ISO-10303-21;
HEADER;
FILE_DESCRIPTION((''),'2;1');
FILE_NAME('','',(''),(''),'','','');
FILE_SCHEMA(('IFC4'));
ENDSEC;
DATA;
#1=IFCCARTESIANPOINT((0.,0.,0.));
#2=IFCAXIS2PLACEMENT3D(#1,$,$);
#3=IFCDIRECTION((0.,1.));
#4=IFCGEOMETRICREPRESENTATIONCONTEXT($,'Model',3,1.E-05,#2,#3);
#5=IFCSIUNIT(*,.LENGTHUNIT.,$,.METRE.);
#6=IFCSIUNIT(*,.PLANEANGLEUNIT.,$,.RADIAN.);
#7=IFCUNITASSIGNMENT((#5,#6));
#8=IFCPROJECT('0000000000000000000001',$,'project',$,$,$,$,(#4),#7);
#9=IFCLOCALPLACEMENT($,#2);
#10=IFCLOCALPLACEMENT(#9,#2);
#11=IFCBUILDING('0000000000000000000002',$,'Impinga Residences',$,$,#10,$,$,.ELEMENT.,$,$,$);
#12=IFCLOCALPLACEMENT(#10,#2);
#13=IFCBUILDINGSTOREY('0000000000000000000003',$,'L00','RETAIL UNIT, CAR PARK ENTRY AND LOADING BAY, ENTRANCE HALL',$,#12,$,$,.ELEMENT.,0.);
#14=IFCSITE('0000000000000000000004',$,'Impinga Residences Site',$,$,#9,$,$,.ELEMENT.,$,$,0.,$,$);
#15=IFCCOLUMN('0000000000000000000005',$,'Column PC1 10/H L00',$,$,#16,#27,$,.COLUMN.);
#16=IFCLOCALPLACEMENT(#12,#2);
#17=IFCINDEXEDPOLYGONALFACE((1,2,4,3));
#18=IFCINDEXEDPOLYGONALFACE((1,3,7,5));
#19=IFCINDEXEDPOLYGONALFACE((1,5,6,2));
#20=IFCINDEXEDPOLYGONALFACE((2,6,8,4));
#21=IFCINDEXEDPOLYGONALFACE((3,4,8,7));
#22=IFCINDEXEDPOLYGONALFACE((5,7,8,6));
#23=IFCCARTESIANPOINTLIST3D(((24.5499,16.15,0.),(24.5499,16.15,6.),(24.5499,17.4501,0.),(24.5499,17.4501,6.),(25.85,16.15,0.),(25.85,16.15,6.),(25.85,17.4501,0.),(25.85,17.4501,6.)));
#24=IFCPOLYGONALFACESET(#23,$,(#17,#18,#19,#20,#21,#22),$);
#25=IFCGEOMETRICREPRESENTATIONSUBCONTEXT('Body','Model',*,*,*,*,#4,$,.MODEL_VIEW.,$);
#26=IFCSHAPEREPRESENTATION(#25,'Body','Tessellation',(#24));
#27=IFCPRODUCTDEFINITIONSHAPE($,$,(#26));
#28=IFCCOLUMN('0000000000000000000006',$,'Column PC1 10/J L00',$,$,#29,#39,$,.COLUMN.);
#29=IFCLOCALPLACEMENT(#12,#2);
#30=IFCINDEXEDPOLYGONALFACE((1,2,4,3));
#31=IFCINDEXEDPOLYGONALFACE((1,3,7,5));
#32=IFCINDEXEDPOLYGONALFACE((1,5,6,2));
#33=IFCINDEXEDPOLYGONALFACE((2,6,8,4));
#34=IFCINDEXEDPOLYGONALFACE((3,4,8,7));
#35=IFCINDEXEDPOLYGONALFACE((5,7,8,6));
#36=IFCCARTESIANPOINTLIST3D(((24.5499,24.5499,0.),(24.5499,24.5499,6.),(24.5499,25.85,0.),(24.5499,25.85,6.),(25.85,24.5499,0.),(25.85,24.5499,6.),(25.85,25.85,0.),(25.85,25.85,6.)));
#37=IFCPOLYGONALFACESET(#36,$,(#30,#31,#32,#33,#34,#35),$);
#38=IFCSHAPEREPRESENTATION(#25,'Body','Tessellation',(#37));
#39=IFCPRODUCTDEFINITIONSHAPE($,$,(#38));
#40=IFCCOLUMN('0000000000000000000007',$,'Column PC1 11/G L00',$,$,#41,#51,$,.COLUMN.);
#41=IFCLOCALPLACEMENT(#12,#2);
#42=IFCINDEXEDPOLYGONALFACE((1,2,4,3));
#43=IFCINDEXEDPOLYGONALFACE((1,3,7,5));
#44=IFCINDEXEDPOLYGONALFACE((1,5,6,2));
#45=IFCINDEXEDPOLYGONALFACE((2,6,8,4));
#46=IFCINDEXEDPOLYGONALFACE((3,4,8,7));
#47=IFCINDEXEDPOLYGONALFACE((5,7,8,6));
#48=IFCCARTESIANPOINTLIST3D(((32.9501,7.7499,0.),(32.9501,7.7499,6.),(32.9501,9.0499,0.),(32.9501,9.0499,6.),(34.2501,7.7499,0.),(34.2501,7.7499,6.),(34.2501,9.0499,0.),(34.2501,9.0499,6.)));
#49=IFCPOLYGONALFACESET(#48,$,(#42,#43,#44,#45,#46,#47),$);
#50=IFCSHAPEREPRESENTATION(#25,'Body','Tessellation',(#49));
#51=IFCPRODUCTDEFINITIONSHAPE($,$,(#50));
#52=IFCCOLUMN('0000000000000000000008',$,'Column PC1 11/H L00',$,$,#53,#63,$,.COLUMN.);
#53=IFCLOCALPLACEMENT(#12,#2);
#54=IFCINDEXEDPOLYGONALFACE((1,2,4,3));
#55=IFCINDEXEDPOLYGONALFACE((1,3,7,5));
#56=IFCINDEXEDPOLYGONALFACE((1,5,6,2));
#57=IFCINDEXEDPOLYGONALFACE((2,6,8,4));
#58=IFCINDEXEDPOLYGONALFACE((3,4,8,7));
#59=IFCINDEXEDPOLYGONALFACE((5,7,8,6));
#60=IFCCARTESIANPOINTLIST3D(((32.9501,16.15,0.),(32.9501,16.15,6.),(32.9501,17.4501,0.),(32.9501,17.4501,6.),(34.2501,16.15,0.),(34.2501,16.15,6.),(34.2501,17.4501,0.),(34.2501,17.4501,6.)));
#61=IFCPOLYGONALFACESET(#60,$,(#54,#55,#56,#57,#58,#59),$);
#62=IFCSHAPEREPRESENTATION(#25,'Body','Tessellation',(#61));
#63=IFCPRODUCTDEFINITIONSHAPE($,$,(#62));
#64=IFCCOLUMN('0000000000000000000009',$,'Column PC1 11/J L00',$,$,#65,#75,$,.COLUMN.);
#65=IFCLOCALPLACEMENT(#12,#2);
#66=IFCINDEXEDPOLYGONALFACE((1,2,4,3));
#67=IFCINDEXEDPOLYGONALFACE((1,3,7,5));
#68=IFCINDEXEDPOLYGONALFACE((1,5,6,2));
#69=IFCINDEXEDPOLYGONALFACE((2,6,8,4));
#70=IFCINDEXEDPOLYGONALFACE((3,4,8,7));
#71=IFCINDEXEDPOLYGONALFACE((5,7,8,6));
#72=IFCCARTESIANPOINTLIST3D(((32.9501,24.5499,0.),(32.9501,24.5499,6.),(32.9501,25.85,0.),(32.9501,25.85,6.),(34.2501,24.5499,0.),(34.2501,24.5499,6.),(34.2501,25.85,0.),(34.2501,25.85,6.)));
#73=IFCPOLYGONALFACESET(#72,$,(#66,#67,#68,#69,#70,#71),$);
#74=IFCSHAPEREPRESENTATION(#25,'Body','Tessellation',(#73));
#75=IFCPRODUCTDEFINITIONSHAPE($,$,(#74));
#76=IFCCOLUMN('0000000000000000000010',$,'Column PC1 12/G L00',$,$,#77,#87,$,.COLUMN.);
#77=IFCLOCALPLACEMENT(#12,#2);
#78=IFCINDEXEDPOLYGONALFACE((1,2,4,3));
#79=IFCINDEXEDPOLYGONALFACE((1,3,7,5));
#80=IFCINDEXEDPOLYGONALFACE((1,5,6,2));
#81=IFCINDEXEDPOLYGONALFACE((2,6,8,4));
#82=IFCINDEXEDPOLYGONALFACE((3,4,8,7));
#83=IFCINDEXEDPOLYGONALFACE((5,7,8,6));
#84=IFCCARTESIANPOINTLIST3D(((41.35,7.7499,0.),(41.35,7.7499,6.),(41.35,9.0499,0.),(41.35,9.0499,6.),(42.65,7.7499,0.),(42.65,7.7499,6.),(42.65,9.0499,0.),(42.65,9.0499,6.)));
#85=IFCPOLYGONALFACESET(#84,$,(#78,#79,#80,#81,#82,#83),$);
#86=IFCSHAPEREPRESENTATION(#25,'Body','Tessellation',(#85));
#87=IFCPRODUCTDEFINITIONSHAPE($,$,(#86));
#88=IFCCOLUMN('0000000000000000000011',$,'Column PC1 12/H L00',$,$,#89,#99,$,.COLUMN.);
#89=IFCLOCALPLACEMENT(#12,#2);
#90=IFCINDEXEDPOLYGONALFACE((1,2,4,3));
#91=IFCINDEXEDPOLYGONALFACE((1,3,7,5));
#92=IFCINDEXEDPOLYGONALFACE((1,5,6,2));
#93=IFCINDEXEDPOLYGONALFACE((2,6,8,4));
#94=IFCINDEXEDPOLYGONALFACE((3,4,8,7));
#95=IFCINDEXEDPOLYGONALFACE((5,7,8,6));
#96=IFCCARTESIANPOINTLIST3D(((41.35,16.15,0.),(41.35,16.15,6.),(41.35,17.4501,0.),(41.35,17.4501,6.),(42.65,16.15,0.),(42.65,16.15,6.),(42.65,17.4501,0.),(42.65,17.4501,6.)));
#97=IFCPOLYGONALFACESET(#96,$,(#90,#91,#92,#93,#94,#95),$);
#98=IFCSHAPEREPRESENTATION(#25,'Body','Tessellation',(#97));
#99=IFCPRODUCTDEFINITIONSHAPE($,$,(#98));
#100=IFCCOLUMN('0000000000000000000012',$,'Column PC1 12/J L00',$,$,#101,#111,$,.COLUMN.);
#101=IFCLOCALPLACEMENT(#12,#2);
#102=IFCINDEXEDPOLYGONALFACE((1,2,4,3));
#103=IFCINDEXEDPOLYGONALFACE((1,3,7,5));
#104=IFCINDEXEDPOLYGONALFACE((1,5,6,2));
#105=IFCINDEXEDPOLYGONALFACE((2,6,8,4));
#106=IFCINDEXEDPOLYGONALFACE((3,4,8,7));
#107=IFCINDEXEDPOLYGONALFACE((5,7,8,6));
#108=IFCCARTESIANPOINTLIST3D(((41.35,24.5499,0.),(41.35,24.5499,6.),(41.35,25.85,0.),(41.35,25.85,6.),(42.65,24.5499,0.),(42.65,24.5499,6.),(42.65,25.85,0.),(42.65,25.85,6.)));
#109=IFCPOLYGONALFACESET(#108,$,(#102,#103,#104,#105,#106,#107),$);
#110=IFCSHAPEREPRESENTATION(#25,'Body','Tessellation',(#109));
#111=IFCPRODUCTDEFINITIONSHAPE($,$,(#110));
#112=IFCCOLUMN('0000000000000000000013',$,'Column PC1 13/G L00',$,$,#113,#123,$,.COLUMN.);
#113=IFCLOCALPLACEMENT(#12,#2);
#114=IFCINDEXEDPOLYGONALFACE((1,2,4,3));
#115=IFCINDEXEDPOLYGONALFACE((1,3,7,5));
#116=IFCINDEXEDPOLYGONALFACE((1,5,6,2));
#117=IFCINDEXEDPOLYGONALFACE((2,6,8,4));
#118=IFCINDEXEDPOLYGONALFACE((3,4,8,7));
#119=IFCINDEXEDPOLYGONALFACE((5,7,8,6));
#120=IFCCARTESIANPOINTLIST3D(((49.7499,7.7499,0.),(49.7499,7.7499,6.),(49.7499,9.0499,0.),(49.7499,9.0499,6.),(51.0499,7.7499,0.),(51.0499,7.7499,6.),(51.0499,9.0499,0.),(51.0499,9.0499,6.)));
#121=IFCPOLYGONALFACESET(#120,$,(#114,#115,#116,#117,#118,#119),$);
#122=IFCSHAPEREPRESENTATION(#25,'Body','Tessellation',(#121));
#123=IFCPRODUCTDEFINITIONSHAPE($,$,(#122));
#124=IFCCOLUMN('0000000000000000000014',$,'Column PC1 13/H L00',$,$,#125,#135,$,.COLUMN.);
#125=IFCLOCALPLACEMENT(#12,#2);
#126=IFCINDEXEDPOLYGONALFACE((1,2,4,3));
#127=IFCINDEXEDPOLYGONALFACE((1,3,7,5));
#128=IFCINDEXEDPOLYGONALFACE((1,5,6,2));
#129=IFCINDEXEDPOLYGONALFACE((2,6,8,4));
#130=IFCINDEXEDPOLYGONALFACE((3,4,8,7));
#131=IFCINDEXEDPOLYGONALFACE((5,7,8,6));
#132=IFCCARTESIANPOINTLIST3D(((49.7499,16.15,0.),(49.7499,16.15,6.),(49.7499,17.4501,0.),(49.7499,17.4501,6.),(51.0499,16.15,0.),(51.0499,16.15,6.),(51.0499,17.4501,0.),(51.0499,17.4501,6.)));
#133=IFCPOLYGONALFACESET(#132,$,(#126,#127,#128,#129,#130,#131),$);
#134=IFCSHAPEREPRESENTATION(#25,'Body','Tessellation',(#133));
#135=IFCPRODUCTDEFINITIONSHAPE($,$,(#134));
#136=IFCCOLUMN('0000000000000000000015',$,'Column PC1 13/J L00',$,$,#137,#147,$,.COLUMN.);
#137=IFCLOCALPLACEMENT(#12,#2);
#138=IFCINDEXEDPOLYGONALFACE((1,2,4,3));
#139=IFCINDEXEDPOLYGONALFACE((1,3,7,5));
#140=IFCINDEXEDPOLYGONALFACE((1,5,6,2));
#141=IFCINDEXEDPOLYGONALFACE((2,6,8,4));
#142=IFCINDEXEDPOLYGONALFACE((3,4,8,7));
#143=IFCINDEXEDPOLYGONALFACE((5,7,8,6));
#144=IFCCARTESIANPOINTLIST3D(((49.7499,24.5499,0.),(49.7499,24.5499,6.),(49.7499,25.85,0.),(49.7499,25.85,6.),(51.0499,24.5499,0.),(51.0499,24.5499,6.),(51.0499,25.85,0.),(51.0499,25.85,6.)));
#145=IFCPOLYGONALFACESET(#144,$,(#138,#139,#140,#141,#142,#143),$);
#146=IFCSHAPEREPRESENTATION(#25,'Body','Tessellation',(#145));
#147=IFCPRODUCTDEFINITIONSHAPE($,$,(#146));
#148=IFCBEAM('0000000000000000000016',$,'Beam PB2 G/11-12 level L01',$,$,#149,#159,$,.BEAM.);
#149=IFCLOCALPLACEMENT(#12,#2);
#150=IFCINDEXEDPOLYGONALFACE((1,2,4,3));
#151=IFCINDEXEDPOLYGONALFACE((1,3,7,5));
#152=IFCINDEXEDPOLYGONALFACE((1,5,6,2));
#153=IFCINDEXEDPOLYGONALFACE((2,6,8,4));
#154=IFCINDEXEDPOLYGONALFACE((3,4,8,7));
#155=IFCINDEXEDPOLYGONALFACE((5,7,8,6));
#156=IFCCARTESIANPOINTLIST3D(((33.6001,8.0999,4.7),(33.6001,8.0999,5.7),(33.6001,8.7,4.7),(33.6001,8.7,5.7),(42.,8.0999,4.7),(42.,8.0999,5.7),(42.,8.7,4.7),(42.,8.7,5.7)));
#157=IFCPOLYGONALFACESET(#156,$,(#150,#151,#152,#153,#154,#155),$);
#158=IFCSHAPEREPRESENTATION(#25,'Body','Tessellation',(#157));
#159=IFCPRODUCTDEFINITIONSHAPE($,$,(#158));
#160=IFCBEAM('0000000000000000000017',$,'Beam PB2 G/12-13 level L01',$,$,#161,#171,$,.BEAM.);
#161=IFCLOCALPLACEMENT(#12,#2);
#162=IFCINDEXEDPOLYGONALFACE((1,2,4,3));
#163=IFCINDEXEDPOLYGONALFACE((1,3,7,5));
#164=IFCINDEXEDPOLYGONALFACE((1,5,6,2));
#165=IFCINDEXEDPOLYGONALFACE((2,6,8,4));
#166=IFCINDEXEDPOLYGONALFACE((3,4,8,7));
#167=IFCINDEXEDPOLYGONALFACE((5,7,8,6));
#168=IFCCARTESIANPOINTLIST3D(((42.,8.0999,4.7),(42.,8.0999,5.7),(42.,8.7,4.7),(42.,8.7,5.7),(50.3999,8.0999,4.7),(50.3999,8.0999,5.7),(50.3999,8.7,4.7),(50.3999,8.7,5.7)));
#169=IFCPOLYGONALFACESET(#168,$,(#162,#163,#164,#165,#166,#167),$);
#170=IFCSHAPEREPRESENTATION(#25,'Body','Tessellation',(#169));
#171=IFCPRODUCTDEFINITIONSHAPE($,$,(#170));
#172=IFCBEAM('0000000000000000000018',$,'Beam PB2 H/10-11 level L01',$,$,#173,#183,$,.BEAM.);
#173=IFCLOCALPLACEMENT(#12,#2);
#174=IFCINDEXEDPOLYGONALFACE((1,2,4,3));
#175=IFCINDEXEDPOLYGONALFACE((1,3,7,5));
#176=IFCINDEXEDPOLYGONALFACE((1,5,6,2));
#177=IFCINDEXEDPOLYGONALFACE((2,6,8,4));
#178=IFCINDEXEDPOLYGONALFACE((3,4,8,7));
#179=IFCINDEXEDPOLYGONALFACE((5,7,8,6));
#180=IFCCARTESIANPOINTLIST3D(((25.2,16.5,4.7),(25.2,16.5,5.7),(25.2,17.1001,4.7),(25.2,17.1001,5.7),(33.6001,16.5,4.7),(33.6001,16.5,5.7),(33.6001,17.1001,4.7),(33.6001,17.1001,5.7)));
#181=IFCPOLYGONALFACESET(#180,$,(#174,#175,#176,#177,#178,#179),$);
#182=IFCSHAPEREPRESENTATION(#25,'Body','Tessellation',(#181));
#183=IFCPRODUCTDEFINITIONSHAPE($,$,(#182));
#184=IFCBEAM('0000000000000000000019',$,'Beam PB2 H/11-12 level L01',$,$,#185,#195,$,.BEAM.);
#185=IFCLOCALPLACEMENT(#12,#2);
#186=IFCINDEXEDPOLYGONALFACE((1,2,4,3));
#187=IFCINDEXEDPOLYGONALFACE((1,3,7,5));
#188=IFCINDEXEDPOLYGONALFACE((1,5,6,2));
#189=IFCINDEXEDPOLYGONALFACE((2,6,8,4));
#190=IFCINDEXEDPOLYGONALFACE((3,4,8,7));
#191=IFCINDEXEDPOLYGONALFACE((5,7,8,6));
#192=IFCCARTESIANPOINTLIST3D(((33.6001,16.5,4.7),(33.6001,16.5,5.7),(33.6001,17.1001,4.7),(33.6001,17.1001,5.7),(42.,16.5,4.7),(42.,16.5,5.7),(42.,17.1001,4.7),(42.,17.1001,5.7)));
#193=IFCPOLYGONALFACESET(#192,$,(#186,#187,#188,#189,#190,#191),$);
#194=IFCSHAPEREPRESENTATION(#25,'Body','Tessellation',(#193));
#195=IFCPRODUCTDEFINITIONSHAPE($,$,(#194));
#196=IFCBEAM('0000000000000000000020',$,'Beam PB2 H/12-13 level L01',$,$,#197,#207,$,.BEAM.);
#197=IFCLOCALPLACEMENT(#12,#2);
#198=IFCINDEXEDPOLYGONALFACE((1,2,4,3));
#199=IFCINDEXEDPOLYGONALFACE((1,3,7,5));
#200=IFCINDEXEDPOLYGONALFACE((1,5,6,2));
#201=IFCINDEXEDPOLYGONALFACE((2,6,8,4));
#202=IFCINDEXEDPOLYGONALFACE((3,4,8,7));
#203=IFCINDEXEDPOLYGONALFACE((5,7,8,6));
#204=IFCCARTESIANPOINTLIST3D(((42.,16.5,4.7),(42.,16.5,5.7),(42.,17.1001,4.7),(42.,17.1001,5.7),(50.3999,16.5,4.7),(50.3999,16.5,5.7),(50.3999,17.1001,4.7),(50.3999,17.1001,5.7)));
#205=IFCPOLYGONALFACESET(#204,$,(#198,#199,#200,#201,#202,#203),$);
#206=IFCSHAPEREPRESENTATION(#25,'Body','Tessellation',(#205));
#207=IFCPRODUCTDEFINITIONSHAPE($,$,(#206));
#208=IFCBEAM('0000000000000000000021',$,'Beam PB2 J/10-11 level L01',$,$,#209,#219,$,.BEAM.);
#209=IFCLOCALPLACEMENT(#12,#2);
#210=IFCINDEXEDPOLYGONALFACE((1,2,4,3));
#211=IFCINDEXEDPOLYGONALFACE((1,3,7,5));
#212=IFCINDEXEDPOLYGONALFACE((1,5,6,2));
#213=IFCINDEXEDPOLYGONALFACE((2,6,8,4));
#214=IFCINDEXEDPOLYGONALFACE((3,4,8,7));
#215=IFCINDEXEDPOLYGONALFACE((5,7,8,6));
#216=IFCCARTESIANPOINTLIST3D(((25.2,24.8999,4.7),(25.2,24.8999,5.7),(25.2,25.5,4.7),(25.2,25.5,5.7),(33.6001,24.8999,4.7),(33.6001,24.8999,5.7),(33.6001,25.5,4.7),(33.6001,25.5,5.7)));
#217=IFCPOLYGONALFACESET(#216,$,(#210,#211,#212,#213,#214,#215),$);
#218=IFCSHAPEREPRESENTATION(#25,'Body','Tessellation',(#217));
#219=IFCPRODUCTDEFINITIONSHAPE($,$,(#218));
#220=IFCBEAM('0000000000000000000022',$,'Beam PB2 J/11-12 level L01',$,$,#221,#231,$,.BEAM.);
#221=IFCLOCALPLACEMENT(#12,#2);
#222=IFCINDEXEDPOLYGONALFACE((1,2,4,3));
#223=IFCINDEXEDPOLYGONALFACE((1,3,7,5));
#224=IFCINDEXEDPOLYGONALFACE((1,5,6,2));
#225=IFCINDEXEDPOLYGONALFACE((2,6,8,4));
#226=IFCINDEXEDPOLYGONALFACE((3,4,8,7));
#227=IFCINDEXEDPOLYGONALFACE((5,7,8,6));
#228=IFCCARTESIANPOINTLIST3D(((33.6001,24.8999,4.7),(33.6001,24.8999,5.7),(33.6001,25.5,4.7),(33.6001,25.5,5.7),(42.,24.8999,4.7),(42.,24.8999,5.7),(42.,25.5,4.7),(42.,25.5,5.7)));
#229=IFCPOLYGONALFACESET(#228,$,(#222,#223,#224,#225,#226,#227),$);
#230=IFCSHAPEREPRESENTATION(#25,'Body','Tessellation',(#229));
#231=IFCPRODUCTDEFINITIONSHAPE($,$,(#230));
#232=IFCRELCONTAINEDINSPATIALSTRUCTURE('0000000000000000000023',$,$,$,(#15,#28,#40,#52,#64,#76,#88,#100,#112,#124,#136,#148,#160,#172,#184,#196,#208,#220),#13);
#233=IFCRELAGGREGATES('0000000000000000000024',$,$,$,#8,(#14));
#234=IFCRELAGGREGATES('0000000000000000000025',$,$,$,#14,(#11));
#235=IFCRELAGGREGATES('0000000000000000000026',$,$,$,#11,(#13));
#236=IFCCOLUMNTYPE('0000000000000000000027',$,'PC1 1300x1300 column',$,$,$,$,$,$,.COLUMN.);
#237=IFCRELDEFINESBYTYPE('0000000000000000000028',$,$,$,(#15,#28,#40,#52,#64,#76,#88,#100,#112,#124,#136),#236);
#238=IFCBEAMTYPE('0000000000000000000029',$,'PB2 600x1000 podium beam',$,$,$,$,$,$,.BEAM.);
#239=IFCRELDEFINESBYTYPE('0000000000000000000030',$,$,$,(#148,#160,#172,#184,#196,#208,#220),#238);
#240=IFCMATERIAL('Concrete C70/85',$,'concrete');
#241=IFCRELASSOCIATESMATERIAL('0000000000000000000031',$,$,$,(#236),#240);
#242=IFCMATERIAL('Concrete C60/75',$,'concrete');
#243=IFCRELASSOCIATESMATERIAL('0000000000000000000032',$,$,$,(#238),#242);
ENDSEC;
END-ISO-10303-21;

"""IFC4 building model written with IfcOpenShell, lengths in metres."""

from ifc_helpers import new_model, si_unit, direction, frame, origin, origin_2d, place, context, subcontext, project, spatial, rectangle, extrude, material, material_profile, profile_set, type_object, element, save


model = new_model("IFC4")

# Units and contexts
model_context = context("Model", 3, precision=1e-05, world=origin(), true_north=direction((0.0, 1.0)))
body_context = subcontext(model_context, "Body", "Model", "MODEL_VIEW")
ifc_project = project(units=[si_unit("LENGTHUNIT", "METRE"), si_unit("PLANEANGLEUNIT", "RADIAN")], contexts=[model_context])

# Site, building, storey
site_placement = place(None, origin())
site = spatial("IfcSite", under=ifc_project, at=site_placement, Name="Impinga Residences Site", CompositionType="ELEMENT", RefElevation=0.0)
building_placement = place(site_placement, origin())
building = spatial("IfcBuilding", under=site, at=building_placement, Name="Impinga Residences", CompositionType="ELEMENT")
storey_placement = place(building_placement, origin())
storey = spatial("IfcBuildingStorey", under=building, at=storey_placement, Name="L00", Description="RETAIL UNIT, CAR PARK ENTRY AND LOADING BAY, ENTRANCE HALL", CompositionType="ELEMENT", Elevation=0.0)

# Columns
ifc_material_1 = material(Name="Concrete C70/85", Category="concrete")
ifc_material_profile_1 = material_profile(ifc_material_1, rectangle(XDim=1.3, YDim=1.3, at=origin_2d()), Name="RC 1300x1300")
ifc_profile_set_1 = profile_set([ifc_material_profile_1], Name="Concrete C70/85")
column_type = type_object("IfcColumnType", Name="PC1 1300x1300 column", PredefinedType="COLUMN", material=ifc_profile_set_1)
for number, where, z_axis, x_axis, name in (
    (1, (25.2, 16.8, 0.0), (0.0, 0.0, 1.0), (1.0, 0.0, 0.0), "Column PC1 10/H L00"),
    (2, (25.2, 25.2, 0.0), (0.0, 0.0, 1.0), (1.0, 0.0, 0.0), "Column PC1 10/J L00"),
    (3, (33.6001, 8.3999, 0.0), (0.0, 0.0, 1.0), (1.0, 0.0, 0.0), "Column PC1 11/G L00"),
    (4, (33.6001, 16.8, 0.0), (0.0, 0.0, 1.0), (1.0, 0.0, 0.0), "Column PC1 11/H L00"),
    (5, (33.6001, 25.2, 0.0), (0.0, 0.0, 1.0), (1.0, 0.0, 0.0), "Column PC1 11/J L00"),
    (6, (42.0, 8.3999, 0.0), (0.0, 0.0, 1.0), (1.0, 0.0, 0.0), "Column PC1 12/G L00"),
    (7, (42.0, 16.8, 0.0), (0.0, 0.0, 1.0), (1.0, 0.0, 0.0), "Column PC1 12/H L00"),
    (8, (42.0, 25.2, 0.0), (0.0, 0.0, 1.0), (1.0, 0.0, 0.0), "Column PC1 12/J L00"),
    (9, (50.3999, 8.3999, 0.0), (0.0, 0.0, 1.0), (1.0, 0.0, 0.0), "Column PC1 13/G L00"),
    (10, (50.3999, 16.8, 0.0), (0.0, 0.0, 1.0), (1.0, 0.0, 0.0), "Column PC1 13/H L00"),
    (11, (50.3999, 25.2, 0.0), (0.0, 0.0, 1.0), (1.0, 0.0, 0.0), "Column PC1 13/J L00"),
):
    element("IfcColumn", number, at=place(storey_placement, frame(where, z_axis=z_axis, x_axis=x_axis)), inside=storey, type_object=column_type, Name=name, PredefinedType="COLUMN", context=body_context, shape_type="SweptSolid", body=[
        extrude(rectangle(XDim=1.3, YDim=1.3, at=origin_2d()), origin(), (0.0, 0.0, 1.0), 6.0),
    ])

# Beams
ifc_material_2 = material(Name="Concrete C60/75", Category="concrete")
ifc_material_profile_2 = material_profile(ifc_material_2, rectangle(XDim=0.6001, YDim=1.0, at=origin_2d()), Name="RC 600x1000")
ifc_profile_set_2 = profile_set([ifc_material_profile_2], Name="Concrete C60/75")
beam_type = type_object("IfcBeamType", Name="PB2 600x1000 podium beam", PredefinedType="BEAM", material=ifc_profile_set_2)
for number, where, z_axis, x_axis, name in (
    (12, (33.6001, 8.3999, 5.2), (1.0, 0.0, 0.0), (0.0, 1.0, 0.0), "Beam PB2 G/11-12 level L01"),
    (13, (42.0, 8.3999, 5.2), (1.0, 0.0, 0.0), (0.0, 1.0, 0.0), "Beam PB2 G/12-13 level L01"),
):
    element("IfcBeam", number, at=place(storey_placement, frame(where, z_axis=z_axis, x_axis=x_axis)), inside=storey, type_object=beam_type, Name=name, PredefinedType="BEAM", context=body_context, shape_type="SweptSolid", body=[
        extrude(rectangle(XDim=0.6001, YDim=1.0, at=origin_2d()), origin(), (0.0, 0.0, 1.0), 8.3999),
    ])
beam_1_placement = place(storey_placement, frame((25.2, 16.8, 5.2), z_axis=(1.0, 0.0, 0.0), x_axis=(0.0, 1.0, 0.0)))
element("IfcBeam", 14, at=beam_1_placement, inside=storey, type_object=beam_type, Name="Beam PB2 H/10-11 level L01", PredefinedType="BEAM", context=body_context, shape_type="SweptSolid", body=[
    extrude(rectangle(XDim=0.6001, YDim=1.0, at=origin_2d()), origin(), (0.0, 0.0, 1.0), 8.4001),
])
for number, where, z_axis, x_axis, name in (
    (15, (33.6001, 16.8, 5.2), (1.0, 0.0, 0.0), (0.0, 1.0, 0.0), "Beam PB2 H/11-12 level L01"),
    (16, (42.0, 16.8, 5.2), (1.0, 0.0, 0.0), (0.0, 1.0, 0.0), "Beam PB2 H/12-13 level L01"),
):
    element("IfcBeam", number, at=place(storey_placement, frame(where, z_axis=z_axis, x_axis=x_axis)), inside=storey, type_object=beam_type, Name=name, PredefinedType="BEAM", context=body_context, shape_type="SweptSolid", body=[
        extrude(rectangle(XDim=0.6001, YDim=1.0, at=origin_2d()), origin(), (0.0, 0.0, 1.0), 8.3999),
    ])
beam_2_placement = place(storey_placement, frame((25.2, 25.2, 5.2), z_axis=(1.0, 0.0, 0.0), x_axis=(0.0, 1.0, 0.0)))
element("IfcBeam", 17, at=beam_2_placement, inside=storey, type_object=beam_type, Name="Beam PB2 J/10-11 level L01", PredefinedType="BEAM", context=body_context, shape_type="SweptSolid", body=[
    extrude(rectangle(XDim=0.6001, YDim=1.0, at=origin_2d()), origin(), (0.0, 0.0, 1.0), 8.4001),
])
for number, where, z_axis, x_axis, name in (
    (18, (33.6001, 25.2, 5.2), (1.0, 0.0, 0.0), (0.0, 1.0, 0.0), "Beam PB2 J/11-12 level L01"),
):
    element("IfcBeam", number, at=place(storey_placement, frame(where, z_axis=z_axis, x_axis=x_axis)), inside=storey, type_object=beam_type, Name=name, PredefinedType="BEAM", context=body_context, shape_type="SweptSolid", body=[
        extrude(rectangle(XDim=0.6001, YDim=1.0, at=origin_2d()), origin(), (0.0, 0.0, 1.0), 8.3999),
    ])

save(model, "model.ifc")
